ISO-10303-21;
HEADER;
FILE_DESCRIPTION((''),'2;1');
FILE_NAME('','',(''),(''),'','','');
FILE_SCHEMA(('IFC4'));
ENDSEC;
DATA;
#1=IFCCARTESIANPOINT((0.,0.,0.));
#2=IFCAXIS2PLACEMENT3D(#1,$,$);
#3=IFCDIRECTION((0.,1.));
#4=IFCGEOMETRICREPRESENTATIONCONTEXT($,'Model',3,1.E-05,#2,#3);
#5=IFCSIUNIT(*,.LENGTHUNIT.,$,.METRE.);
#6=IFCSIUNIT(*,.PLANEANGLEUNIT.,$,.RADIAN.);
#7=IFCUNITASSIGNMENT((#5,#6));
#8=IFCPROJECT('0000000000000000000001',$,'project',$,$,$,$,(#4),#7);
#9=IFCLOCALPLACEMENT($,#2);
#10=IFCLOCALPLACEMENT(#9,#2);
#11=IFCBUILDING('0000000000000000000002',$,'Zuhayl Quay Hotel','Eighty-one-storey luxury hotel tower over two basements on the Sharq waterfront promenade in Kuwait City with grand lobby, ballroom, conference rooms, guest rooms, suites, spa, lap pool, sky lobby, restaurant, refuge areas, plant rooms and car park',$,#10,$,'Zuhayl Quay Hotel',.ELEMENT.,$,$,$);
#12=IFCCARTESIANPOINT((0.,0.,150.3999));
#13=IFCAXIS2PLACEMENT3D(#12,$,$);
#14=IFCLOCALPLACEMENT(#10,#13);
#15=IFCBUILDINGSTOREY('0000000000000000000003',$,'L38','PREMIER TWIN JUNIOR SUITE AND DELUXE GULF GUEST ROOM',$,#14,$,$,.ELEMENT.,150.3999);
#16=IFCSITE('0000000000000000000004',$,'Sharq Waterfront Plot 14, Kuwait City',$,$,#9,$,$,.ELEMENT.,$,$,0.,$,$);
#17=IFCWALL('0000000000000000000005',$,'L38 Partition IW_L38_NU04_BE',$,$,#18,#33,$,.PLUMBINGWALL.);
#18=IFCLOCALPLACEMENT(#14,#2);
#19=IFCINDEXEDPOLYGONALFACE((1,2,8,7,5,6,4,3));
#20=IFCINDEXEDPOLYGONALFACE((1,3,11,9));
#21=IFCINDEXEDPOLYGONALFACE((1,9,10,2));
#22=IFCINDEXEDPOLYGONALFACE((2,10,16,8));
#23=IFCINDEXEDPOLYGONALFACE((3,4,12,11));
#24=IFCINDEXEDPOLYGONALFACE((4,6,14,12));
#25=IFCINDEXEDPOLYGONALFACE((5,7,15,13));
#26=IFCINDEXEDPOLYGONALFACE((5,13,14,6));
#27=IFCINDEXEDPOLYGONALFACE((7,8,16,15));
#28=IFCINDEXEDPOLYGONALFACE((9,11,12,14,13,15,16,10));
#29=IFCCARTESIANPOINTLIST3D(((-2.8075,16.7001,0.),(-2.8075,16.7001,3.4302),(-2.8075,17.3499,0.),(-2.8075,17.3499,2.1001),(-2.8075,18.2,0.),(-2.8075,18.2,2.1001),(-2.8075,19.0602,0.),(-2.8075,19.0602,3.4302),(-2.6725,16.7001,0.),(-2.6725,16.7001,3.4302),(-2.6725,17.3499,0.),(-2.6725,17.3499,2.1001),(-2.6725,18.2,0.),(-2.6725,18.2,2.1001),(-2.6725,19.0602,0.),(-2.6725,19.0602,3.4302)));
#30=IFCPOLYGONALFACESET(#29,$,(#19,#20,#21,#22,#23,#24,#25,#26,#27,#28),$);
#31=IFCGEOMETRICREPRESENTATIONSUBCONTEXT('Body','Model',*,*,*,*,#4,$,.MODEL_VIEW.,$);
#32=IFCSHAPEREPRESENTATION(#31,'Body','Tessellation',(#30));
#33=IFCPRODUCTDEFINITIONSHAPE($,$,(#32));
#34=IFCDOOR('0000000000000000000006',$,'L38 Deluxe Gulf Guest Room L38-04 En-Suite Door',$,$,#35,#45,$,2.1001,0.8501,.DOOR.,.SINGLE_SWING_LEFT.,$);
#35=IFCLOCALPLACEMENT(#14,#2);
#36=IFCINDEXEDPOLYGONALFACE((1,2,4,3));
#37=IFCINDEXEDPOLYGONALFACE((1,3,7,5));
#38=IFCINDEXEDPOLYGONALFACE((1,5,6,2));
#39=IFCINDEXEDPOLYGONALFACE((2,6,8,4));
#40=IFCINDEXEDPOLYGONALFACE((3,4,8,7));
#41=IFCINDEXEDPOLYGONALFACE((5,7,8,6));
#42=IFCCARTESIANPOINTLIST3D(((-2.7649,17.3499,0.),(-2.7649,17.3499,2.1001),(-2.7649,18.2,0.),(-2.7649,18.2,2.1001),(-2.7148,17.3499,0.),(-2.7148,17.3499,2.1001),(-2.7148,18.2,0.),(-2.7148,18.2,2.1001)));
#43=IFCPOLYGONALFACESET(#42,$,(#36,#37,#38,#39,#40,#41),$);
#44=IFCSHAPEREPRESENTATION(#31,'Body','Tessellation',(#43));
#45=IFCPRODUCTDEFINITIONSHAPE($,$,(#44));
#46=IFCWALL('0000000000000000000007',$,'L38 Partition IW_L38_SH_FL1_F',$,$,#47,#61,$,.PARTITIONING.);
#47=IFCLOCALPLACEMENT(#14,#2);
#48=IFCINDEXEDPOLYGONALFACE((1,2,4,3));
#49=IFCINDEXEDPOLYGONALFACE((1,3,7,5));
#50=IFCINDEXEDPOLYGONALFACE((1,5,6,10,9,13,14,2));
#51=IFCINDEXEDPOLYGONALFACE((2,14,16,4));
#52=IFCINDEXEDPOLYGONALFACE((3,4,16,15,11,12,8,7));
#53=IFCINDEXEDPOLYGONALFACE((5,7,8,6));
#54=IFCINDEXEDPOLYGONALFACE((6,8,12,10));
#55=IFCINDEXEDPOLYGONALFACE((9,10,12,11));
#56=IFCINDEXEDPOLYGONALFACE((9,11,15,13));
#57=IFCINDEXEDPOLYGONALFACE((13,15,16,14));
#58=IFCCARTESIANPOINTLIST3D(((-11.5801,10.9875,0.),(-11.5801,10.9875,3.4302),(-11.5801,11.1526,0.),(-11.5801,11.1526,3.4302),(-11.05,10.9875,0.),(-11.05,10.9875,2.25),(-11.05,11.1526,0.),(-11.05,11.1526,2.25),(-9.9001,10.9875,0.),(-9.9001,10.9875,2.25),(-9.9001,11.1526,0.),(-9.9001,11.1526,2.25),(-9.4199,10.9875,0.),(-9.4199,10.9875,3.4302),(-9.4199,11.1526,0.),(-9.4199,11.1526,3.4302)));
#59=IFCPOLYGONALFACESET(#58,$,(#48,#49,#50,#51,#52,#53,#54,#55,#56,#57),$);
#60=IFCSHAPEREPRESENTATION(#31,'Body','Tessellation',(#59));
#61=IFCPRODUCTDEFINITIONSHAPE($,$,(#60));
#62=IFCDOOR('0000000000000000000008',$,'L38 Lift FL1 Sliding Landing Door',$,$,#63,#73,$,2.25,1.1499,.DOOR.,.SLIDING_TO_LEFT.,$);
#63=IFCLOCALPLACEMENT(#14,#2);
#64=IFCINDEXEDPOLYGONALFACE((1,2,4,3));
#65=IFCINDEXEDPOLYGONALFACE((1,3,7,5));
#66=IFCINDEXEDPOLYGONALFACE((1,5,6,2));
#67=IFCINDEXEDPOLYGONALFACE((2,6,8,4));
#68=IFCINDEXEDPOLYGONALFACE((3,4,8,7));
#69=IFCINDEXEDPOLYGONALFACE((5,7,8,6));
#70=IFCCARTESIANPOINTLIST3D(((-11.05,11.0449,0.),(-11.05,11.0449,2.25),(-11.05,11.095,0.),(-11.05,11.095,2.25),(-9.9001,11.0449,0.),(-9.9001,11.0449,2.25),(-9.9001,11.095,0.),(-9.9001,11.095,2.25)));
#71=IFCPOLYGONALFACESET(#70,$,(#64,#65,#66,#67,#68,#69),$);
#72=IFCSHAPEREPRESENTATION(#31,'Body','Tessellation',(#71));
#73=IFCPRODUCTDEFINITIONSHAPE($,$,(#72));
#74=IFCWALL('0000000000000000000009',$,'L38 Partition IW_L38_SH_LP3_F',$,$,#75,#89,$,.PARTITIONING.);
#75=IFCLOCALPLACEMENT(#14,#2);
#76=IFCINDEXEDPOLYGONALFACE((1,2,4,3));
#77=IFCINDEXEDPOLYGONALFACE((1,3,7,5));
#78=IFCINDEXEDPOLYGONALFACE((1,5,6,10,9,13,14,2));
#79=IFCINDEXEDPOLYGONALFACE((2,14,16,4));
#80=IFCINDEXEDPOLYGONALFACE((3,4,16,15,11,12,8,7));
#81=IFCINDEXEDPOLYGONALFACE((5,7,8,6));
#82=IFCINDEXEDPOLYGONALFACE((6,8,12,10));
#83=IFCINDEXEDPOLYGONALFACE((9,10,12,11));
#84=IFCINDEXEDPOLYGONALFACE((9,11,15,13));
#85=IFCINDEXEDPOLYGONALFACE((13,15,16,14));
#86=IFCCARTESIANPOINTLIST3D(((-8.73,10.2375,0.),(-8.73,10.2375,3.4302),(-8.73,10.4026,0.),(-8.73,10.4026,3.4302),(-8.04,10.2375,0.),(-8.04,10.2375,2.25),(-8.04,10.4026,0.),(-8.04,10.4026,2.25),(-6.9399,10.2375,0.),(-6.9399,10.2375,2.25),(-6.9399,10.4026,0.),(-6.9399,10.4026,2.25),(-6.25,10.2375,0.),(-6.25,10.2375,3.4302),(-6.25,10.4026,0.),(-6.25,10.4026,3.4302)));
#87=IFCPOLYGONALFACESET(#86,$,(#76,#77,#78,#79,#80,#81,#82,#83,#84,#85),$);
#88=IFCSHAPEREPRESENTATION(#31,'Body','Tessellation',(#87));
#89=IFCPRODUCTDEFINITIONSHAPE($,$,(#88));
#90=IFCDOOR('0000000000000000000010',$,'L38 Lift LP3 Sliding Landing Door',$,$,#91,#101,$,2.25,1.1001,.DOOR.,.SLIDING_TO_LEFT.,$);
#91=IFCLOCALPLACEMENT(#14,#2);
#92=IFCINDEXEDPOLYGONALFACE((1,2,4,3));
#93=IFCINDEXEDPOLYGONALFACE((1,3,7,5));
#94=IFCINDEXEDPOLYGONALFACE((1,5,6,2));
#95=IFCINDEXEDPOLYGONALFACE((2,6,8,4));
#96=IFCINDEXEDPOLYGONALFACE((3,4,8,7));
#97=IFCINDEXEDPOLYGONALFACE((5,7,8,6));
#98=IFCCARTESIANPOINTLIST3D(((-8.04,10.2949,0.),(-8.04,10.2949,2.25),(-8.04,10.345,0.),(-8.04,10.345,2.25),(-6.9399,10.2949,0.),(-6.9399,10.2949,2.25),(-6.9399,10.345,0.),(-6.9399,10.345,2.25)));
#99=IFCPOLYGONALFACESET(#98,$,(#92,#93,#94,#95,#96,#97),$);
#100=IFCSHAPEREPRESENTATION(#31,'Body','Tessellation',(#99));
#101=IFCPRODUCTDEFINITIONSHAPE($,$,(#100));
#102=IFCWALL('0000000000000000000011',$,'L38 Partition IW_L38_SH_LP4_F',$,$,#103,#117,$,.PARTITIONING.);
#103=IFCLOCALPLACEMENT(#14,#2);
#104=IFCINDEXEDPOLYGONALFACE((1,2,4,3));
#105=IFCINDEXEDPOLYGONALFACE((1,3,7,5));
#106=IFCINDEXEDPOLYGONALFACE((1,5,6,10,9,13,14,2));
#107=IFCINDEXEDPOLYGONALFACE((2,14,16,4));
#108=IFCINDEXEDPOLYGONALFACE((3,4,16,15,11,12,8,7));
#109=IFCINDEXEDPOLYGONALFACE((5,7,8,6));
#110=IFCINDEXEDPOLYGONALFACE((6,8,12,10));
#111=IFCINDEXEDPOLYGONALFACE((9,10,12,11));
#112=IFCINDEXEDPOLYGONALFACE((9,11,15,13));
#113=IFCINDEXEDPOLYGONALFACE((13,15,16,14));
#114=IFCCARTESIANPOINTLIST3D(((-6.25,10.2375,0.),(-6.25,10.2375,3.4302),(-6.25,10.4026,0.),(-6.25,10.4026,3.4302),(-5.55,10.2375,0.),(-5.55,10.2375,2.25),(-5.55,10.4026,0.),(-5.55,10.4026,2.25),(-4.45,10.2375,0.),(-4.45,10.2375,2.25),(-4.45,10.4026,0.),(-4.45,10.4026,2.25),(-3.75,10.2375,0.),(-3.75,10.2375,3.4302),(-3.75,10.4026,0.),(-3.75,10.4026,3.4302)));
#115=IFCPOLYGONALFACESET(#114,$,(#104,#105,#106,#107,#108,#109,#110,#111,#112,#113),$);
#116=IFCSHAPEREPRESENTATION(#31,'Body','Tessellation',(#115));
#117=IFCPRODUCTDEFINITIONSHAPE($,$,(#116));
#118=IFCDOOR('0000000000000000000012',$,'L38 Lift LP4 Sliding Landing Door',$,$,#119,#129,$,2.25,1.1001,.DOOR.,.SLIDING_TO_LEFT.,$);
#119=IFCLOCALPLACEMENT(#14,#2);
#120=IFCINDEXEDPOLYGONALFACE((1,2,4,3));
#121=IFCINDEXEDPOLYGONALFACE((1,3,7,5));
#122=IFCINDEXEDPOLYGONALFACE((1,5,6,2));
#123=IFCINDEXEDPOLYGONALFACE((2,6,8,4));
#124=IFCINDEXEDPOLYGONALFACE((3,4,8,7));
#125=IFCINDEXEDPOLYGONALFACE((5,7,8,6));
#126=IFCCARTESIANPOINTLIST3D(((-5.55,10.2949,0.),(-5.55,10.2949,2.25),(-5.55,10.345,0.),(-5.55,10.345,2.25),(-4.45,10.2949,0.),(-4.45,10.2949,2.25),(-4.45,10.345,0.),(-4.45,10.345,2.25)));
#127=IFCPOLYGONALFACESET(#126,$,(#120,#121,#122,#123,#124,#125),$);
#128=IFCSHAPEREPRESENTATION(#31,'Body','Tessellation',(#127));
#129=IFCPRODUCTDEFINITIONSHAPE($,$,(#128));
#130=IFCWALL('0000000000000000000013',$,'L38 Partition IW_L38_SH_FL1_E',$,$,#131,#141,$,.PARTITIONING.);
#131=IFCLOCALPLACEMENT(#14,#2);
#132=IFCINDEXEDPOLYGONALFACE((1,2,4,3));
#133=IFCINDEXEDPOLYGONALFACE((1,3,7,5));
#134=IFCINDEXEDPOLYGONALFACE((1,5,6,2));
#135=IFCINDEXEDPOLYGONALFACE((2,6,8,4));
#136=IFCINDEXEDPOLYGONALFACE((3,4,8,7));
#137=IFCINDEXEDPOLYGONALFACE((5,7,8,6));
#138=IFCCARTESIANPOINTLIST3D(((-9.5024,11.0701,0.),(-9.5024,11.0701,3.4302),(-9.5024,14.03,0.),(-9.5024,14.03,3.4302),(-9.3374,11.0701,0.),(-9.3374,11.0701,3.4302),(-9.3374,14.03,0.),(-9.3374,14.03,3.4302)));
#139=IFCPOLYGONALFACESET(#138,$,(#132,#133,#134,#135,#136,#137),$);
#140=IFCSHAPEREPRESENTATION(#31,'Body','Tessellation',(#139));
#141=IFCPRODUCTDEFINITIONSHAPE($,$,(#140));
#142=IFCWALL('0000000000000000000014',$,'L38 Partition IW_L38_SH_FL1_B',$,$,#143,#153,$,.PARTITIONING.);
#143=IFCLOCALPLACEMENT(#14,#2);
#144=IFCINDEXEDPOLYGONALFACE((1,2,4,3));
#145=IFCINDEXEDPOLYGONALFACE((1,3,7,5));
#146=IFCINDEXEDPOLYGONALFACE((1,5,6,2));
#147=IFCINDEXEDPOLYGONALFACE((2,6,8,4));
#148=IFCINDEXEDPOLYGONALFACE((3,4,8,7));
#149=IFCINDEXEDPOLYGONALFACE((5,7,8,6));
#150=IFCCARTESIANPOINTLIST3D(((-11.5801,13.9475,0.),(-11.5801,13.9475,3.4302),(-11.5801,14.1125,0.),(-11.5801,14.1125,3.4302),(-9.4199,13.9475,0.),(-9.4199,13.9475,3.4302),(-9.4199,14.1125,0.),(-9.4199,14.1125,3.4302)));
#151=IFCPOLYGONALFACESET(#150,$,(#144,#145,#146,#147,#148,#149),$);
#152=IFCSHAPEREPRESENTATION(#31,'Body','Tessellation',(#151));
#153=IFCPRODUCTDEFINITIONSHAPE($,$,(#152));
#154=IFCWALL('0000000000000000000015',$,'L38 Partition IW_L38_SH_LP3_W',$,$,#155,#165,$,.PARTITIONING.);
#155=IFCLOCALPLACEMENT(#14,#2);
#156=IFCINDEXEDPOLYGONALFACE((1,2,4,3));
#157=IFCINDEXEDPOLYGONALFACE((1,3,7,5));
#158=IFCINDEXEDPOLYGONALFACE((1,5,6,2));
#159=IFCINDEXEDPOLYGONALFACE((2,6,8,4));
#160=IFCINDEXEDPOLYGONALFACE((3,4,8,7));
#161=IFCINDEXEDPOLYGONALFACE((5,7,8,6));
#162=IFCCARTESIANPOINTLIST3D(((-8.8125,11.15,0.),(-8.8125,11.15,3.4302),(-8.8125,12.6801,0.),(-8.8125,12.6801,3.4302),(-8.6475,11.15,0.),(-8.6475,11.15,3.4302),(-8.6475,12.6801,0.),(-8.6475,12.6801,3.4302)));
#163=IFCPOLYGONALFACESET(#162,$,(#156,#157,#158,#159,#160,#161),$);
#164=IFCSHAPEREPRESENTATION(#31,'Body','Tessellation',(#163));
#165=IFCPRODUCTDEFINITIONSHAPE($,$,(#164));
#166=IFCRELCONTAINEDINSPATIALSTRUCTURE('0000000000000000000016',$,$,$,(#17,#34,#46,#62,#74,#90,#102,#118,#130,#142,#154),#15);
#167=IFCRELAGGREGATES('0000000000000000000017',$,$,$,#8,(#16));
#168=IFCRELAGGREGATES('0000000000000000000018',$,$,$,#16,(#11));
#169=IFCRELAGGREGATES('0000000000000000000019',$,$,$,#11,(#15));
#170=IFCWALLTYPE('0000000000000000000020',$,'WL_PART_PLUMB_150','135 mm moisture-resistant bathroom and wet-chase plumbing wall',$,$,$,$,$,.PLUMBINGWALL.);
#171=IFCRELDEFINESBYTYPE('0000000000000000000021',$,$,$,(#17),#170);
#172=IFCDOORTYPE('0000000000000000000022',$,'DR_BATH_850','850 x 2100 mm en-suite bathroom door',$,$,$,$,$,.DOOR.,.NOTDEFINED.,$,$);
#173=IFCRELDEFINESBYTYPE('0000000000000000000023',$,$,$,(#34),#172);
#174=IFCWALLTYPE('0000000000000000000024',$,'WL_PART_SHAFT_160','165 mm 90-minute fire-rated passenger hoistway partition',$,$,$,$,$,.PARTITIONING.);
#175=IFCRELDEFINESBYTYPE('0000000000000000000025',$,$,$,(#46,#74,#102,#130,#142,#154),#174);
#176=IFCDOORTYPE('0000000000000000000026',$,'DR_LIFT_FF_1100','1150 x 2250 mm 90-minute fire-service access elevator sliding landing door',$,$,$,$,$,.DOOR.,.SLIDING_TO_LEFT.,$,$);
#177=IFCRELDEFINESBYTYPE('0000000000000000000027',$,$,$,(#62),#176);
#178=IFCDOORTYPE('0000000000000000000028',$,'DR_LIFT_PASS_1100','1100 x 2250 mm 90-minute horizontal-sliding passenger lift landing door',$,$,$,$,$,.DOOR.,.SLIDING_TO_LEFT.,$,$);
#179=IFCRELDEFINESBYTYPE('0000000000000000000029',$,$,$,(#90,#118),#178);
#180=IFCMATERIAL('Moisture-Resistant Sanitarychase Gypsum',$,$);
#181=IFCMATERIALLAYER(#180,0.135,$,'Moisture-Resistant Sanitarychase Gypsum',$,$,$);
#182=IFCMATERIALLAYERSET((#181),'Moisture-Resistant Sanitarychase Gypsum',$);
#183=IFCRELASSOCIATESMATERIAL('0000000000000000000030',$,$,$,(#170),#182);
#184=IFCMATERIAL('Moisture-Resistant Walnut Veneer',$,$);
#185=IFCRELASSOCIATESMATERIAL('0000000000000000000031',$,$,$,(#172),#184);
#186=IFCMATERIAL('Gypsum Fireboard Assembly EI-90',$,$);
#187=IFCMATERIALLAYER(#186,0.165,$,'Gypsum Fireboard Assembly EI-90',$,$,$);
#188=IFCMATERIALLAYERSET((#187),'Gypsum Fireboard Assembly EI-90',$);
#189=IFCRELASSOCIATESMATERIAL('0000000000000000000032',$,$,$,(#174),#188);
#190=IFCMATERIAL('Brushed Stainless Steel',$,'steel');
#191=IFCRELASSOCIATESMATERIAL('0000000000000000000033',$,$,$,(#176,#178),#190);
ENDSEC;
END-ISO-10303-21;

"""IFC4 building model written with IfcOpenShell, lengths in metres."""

from ifc_helpers import new_model, si_unit, direction, frame, frame_2d, origin, place, context, subcontext, project, spatial, rectangle, extrude, material, layer, layer_set, type_object, element, fill, save


model = new_model("IFC4")

# Units and contexts
model_context = context("Model", 3, precision=1e-05, world=origin(), true_north=direction((0.0, 1.0)))
body_context = subcontext(model_context, "Body", "Model", "MODEL_VIEW")
ifc_project = project(units=[si_unit("LENGTHUNIT", "METRE"), si_unit("PLANEANGLEUNIT", "RADIAN")], contexts=[model_context])

# Site, building, storey
site_placement = place(None, origin())
site = spatial("IfcSite", under=ifc_project, at=site_placement, Name="Sharq Waterfront Plot 14, Kuwait City", CompositionType="ELEMENT", RefElevation=0.0)
building_placement = place(site_placement, origin())
building = spatial("IfcBuilding", under=site, at=building_placement, Name="Zuhayl Quay Hotel", Description="Eighty-one-storey luxury hotel tower over two basements on the Sharq waterfront promenade in Kuwait City with grand lobby, ballroom, conference rooms, guest rooms, suites, spa, lap pool, sky lobby, restaurant, refuge areas, plant rooms and car park", LongName="Zuhayl Quay Hotel", CompositionType="ELEMENT")
storey_placement = place(building_placement, frame((0.0, 0.0, 150.3999)))
storey = spatial("IfcBuildingStorey", under=building, at=storey_placement, Name="L38", Description="PREMIER TWIN JUNIOR SUITE AND DELUXE GULF GUEST ROOM", CompositionType="ELEMENT", Elevation=150.3999)

# Walls, openings, doors
ifc_material_1 = material(Name="Moisture-Resistant Sanitarychase Gypsum")
ifc_layer_1 = layer(ifc_material_1, 0.135, Name="Moisture-Resistant Sanitarychase Gypsum")
ifc_layer_set_1 = layer_set([ifc_layer_1], Name="Moisture-Resistant Sanitarychase Gypsum")
wall_type_1 = type_object("IfcWallType", Name="WL_PART_PLUMB_150", Description="135 mm moisture-resistant bathroom and wet-chase plumbing wall", PredefinedType="PLUMBINGWALL", material=ifc_layer_set_1)
ifc_material_2 = material(Name="Moisture-Resistant Walnut Veneer")
door_type_1 = type_object("IfcDoorType", Name="DR_BATH_850", Description="850 x 2100 mm en-suite bathroom door", OperationType="NOTDEFINED", PredefinedType="DOOR", material=ifc_material_2)
wall_1_placement = place(storey_placement, frame((-2.74, 16.7, 0.0), z_axis=(0.0, 0.0, 1.0), x_axis=(0.0, 1.0, 0.0)))
wall_1 = element("IfcWall", 1, at=wall_1_placement, inside=storey, type_object=wall_type_1, Name="L38 Partition IW_L38_NU04_BE", PredefinedType="PLUMBINGWALL", context=body_context, shape_type="SweptSolid", body=[
    extrude(rectangle(XDim=2.3601, YDim=0.135, at=frame_2d((1.1802, 0.0))), origin(), (0.0, 0.0, 1.0), 3.4302),
])
opening_1_placement = place(wall_1_placement, frame((0.6499, 0.0, 0.0)))
opening_1 = element("IfcOpeningElement", 2, at=opening_1_placement, cuts=wall_1, PredefinedType="OPENING", context=body_context, shape_type="SweptSolid", body=[
    extrude(rectangle(XDim=0.8501, YDim=2.1001, at=frame_2d((0.425, 1.05))), frame((0.0, 0.0774, 0.0), z_axis=(0.0, -1.0, 0.0), x_axis=(1.0, 0.0, 0.0)), (0.0, 0.0, 1.0), 0.155),
])
door_1_placement = place(opening_1_placement, origin())
door_1 = element("IfcDoor", 3, at=door_1_placement, inside=storey, type_object=door_type_1, Name="L38 Deluxe Gulf Guest Room L38-04 En-Suite Door", OperationType="SINGLE_SWING_LEFT", OverallHeight=2.1001, OverallWidth=0.8501, PredefinedType="DOOR", context=body_context, shape_type="SweptSolid", body=[
    extrude(rectangle(XDim=0.8501, YDim=2.1001, at=frame_2d((0.425, 1.05))), frame((0.0, 0.0249, 0.0), z_axis=(0.0, -1.0, 0.0), x_axis=(1.0, 0.0, 0.0)), (0.0, 0.0, 1.0), 0.05),
])
fill(opening_1, door_1)
ifc_material_3 = material(Name="Gypsum Fireboard Assembly EI-90")
ifc_layer_2 = layer(ifc_material_3, 0.165, Name="Gypsum Fireboard Assembly EI-90")
ifc_layer_set_2 = layer_set([ifc_layer_2], Name="Gypsum Fireboard Assembly EI-90")
wall_type_2 = type_object("IfcWallType", Name="WL_PART_SHAFT_160", Description="165 mm 90-minute fire-rated passenger hoistway partition", PredefinedType="PARTITIONING", material=ifc_layer_set_2)
wall_2_placement = place(storey_placement, frame((-11.5801, 11.0701, 0.0), z_axis=(0.0, 0.0, 1.0), x_axis=(1.0, 0.0, 0.0)))
wall_2 = element("IfcWall", 4, at=wall_2_placement, inside=storey, type_object=wall_type_2, Name="L38 Partition IW_L38_SH_FL1_F", PredefinedType="PARTITIONING", context=body_context, shape_type="SweptSolid", body=[
    extrude(rectangle(XDim=2.1602, YDim=0.165, at=frame_2d((1.0801, 0.0))), origin(), (0.0, 0.0, 1.0), 3.4302),
])
opening_2_placement = place(wall_2_placement, frame((0.53, 0.0, 0.0)))
opening_2 = element("IfcOpeningElement", 5, at=opening_2_placement, cuts=wall_2, PredefinedType="OPENING", context=body_context, shape_type="SweptSolid", body=[
    extrude(rectangle(XDim=1.1499, YDim=2.25, at=frame_2d((0.575, 1.125))), frame((0.0, 0.0925, 0.0), z_axis=(0.0, -1.0, 0.0), x_axis=(1.0, 0.0, 0.0)), (0.0, 0.0, 1.0), 0.1851),
])
ifc_material_4 = material(Name="Brushed Stainless Steel", Category="steel")
door_type_2 = type_object("IfcDoorType", Name="DR_LIFT_FF_1100", Description="1150 x 2250 mm 90-minute fire-service access elevator sliding landing door", OperationType="SLIDING_TO_LEFT", PredefinedType="DOOR", material=ifc_material_4)
door_2_placement = place(opening_2_placement, origin())
door_2 = element("IfcDoor", 6, at=door_2_placement, inside=storey, type_object=door_type_2, Name="L38 Lift FL1 Sliding Landing Door", OperationType="SLIDING_TO_LEFT", OverallHeight=2.25, OverallWidth=1.1499, PredefinedType="DOOR", context=body_context, shape_type="SweptSolid", body=[
    extrude(rectangle(XDim=1.1499, YDim=2.25, at=frame_2d((0.575, 1.125))), frame((0.0, 0.0249, 0.0), z_axis=(0.0, -1.0, 0.0), x_axis=(1.0, 0.0, 0.0)), (0.0, 0.0, 1.0), 0.05),
])
fill(opening_2, door_2)
wall_3_placement = place(storey_placement, frame((-8.73, 10.3201, 0.0), z_axis=(0.0, 0.0, 1.0), x_axis=(1.0, 0.0, 0.0)))
wall_3 = element("IfcWall", 7, at=wall_3_placement, inside=storey, type_object=wall_type_2, Name="L38 Partition IW_L38_SH_LP3_F", PredefinedType="PARTITIONING", context=body_context, shape_type="SweptSolid", body=[
    extrude(rectangle(XDim=2.48, YDim=0.165, at=frame_2d((1.24, 0.0))), origin(), (0.0, 0.0, 1.0), 3.4302),
])
opening_3_placement = place(wall_3_placement, frame((0.6899, 0.0, 0.0)))
opening_3 = element("IfcOpeningElement", 8, at=opening_3_placement, cuts=wall_3, PredefinedType="OPENING", context=body_context, shape_type="SweptSolid", body=[
    extrude(rectangle(XDim=1.1001, YDim=2.25, at=frame_2d((0.55, 1.125))), frame((0.0, 0.0925, 0.0), z_axis=(0.0, -1.0, 0.0), x_axis=(1.0, 0.0, 0.0)), (0.0, 0.0, 1.0), 0.1851),
])
door_type_3 = type_object("IfcDoorType", Name="DR_LIFT_PASS_1100", Description="1100 x 2250 mm 90-minute horizontal-sliding passenger lift landing door", OperationType="SLIDING_TO_LEFT", PredefinedType="DOOR", material=ifc_material_4)
door_3_placement = place(opening_3_placement, origin())
door_3 = element("IfcDoor", 9, at=door_3_placement, inside=storey, type_object=door_type_3, Name="L38 Lift LP3 Sliding Landing Door", OperationType="SLIDING_TO_LEFT", OverallHeight=2.25, OverallWidth=1.1001, PredefinedType="DOOR", context=body_context, shape_type="SweptSolid", body=[
    extrude(rectangle(XDim=1.1001, YDim=2.25, at=frame_2d((0.55, 1.125))), frame((0.0, 0.0249, 0.0), z_axis=(0.0, -1.0, 0.0), x_axis=(1.0, 0.0, 0.0)), (0.0, 0.0, 1.0), 0.05),
])
fill(opening_3, door_3)
wall_4_placement = place(storey_placement, frame((-6.25, 10.3201, 0.0), z_axis=(0.0, 0.0, 1.0), x_axis=(1.0, 0.0, 0.0)))
wall_4 = element("IfcWall", 10, at=wall_4_placement, inside=storey, type_object=wall_type_2, Name="L38 Partition IW_L38_SH_LP4_F", PredefinedType="PARTITIONING", context=body_context, shape_type="SweptSolid", body=[
    extrude(rectangle(XDim=2.5, YDim=0.165, at=frame_2d((1.25, 0.0))), origin(), (0.0, 0.0, 1.0), 3.4302),
])
opening_4_placement = place(wall_4_placement, frame((0.7, 0.0, 0.0)))
opening_4 = element("IfcOpeningElement", 11, at=opening_4_placement, cuts=wall_4, PredefinedType="OPENING", context=body_context, shape_type="SweptSolid", body=[
    extrude(rectangle(XDim=1.1001, YDim=2.25, at=frame_2d((0.55, 1.125))), frame((0.0, 0.0925, 0.0), z_axis=(0.0, -1.0, 0.0), x_axis=(1.0, 0.0, 0.0)), (0.0, 0.0, 1.0), 0.1851),
])
door_4_placement = place(opening_4_placement, origin())
door_4 = element("IfcDoor", 12, at=door_4_placement, inside=storey, type_object=door_type_3, Name="L38 Lift LP4 Sliding Landing Door", OperationType="SLIDING_TO_LEFT", OverallHeight=2.25, OverallWidth=1.1001, PredefinedType="DOOR", context=body_context, shape_type="SweptSolid", body=[
    extrude(rectangle(XDim=1.1001, YDim=2.25, at=frame_2d((0.55, 1.125))), frame((0.0, 0.0249, 0.0), z_axis=(0.0, -1.0, 0.0), x_axis=(1.0, 0.0, 0.0)), (0.0, 0.0, 1.0), 0.05),
])
fill(opening_4, door_4)

# Walls
wall_5_placement = place(storey_placement, frame((-9.4199, 11.0701, 0.0), z_axis=(0.0, 0.0, 1.0), x_axis=(0.0, 1.0, 0.0)))
element("IfcWall", 13, at=wall_5_placement, inside=storey, type_object=wall_type_2, Name="L38 Partition IW_L38_SH_FL1_E", PredefinedType="PARTITIONING", context=body_context, shape_type="SweptSolid", body=[
    extrude(rectangle(XDim=2.96, YDim=0.165, at=frame_2d((1.48, 0.0))), origin(), (0.0, 0.0, 1.0), 3.4302),
])
wall_6_placement = place(storey_placement, frame((-11.5801, 14.03, 0.0), z_axis=(0.0, 0.0, 1.0), x_axis=(1.0, 0.0, 0.0)))
element("IfcWall", 14, at=wall_6_placement, inside=storey, type_object=wall_type_2, Name="L38 Partition IW_L38_SH_FL1_B", PredefinedType="PARTITIONING", context=body_context, shape_type="SweptSolid", body=[
    extrude(rectangle(XDim=2.1602, YDim=0.165, at=frame_2d((1.0801, 0.0))), origin(), (0.0, 0.0, 1.0), 3.4302),
])
wall_7_placement = place(storey_placement, frame((-8.73, 11.1499, 0.0), z_axis=(0.0, 0.0, 1.0), x_axis=(0.0, 1.0, 0.0)))
element("IfcWall", 15, at=wall_7_placement, inside=storey, type_object=wall_type_2, Name="L38 Partition IW_L38_SH_LP3_W", PredefinedType="PARTITIONING", context=body_context, shape_type="SweptSolid", body=[
    extrude(rectangle(XDim=1.53, YDim=0.165, at=frame_2d((0.7651, 0.0))), origin(), (0.0, 0.0, 1.0), 3.4302),
])

save(model, "model.ifc")
